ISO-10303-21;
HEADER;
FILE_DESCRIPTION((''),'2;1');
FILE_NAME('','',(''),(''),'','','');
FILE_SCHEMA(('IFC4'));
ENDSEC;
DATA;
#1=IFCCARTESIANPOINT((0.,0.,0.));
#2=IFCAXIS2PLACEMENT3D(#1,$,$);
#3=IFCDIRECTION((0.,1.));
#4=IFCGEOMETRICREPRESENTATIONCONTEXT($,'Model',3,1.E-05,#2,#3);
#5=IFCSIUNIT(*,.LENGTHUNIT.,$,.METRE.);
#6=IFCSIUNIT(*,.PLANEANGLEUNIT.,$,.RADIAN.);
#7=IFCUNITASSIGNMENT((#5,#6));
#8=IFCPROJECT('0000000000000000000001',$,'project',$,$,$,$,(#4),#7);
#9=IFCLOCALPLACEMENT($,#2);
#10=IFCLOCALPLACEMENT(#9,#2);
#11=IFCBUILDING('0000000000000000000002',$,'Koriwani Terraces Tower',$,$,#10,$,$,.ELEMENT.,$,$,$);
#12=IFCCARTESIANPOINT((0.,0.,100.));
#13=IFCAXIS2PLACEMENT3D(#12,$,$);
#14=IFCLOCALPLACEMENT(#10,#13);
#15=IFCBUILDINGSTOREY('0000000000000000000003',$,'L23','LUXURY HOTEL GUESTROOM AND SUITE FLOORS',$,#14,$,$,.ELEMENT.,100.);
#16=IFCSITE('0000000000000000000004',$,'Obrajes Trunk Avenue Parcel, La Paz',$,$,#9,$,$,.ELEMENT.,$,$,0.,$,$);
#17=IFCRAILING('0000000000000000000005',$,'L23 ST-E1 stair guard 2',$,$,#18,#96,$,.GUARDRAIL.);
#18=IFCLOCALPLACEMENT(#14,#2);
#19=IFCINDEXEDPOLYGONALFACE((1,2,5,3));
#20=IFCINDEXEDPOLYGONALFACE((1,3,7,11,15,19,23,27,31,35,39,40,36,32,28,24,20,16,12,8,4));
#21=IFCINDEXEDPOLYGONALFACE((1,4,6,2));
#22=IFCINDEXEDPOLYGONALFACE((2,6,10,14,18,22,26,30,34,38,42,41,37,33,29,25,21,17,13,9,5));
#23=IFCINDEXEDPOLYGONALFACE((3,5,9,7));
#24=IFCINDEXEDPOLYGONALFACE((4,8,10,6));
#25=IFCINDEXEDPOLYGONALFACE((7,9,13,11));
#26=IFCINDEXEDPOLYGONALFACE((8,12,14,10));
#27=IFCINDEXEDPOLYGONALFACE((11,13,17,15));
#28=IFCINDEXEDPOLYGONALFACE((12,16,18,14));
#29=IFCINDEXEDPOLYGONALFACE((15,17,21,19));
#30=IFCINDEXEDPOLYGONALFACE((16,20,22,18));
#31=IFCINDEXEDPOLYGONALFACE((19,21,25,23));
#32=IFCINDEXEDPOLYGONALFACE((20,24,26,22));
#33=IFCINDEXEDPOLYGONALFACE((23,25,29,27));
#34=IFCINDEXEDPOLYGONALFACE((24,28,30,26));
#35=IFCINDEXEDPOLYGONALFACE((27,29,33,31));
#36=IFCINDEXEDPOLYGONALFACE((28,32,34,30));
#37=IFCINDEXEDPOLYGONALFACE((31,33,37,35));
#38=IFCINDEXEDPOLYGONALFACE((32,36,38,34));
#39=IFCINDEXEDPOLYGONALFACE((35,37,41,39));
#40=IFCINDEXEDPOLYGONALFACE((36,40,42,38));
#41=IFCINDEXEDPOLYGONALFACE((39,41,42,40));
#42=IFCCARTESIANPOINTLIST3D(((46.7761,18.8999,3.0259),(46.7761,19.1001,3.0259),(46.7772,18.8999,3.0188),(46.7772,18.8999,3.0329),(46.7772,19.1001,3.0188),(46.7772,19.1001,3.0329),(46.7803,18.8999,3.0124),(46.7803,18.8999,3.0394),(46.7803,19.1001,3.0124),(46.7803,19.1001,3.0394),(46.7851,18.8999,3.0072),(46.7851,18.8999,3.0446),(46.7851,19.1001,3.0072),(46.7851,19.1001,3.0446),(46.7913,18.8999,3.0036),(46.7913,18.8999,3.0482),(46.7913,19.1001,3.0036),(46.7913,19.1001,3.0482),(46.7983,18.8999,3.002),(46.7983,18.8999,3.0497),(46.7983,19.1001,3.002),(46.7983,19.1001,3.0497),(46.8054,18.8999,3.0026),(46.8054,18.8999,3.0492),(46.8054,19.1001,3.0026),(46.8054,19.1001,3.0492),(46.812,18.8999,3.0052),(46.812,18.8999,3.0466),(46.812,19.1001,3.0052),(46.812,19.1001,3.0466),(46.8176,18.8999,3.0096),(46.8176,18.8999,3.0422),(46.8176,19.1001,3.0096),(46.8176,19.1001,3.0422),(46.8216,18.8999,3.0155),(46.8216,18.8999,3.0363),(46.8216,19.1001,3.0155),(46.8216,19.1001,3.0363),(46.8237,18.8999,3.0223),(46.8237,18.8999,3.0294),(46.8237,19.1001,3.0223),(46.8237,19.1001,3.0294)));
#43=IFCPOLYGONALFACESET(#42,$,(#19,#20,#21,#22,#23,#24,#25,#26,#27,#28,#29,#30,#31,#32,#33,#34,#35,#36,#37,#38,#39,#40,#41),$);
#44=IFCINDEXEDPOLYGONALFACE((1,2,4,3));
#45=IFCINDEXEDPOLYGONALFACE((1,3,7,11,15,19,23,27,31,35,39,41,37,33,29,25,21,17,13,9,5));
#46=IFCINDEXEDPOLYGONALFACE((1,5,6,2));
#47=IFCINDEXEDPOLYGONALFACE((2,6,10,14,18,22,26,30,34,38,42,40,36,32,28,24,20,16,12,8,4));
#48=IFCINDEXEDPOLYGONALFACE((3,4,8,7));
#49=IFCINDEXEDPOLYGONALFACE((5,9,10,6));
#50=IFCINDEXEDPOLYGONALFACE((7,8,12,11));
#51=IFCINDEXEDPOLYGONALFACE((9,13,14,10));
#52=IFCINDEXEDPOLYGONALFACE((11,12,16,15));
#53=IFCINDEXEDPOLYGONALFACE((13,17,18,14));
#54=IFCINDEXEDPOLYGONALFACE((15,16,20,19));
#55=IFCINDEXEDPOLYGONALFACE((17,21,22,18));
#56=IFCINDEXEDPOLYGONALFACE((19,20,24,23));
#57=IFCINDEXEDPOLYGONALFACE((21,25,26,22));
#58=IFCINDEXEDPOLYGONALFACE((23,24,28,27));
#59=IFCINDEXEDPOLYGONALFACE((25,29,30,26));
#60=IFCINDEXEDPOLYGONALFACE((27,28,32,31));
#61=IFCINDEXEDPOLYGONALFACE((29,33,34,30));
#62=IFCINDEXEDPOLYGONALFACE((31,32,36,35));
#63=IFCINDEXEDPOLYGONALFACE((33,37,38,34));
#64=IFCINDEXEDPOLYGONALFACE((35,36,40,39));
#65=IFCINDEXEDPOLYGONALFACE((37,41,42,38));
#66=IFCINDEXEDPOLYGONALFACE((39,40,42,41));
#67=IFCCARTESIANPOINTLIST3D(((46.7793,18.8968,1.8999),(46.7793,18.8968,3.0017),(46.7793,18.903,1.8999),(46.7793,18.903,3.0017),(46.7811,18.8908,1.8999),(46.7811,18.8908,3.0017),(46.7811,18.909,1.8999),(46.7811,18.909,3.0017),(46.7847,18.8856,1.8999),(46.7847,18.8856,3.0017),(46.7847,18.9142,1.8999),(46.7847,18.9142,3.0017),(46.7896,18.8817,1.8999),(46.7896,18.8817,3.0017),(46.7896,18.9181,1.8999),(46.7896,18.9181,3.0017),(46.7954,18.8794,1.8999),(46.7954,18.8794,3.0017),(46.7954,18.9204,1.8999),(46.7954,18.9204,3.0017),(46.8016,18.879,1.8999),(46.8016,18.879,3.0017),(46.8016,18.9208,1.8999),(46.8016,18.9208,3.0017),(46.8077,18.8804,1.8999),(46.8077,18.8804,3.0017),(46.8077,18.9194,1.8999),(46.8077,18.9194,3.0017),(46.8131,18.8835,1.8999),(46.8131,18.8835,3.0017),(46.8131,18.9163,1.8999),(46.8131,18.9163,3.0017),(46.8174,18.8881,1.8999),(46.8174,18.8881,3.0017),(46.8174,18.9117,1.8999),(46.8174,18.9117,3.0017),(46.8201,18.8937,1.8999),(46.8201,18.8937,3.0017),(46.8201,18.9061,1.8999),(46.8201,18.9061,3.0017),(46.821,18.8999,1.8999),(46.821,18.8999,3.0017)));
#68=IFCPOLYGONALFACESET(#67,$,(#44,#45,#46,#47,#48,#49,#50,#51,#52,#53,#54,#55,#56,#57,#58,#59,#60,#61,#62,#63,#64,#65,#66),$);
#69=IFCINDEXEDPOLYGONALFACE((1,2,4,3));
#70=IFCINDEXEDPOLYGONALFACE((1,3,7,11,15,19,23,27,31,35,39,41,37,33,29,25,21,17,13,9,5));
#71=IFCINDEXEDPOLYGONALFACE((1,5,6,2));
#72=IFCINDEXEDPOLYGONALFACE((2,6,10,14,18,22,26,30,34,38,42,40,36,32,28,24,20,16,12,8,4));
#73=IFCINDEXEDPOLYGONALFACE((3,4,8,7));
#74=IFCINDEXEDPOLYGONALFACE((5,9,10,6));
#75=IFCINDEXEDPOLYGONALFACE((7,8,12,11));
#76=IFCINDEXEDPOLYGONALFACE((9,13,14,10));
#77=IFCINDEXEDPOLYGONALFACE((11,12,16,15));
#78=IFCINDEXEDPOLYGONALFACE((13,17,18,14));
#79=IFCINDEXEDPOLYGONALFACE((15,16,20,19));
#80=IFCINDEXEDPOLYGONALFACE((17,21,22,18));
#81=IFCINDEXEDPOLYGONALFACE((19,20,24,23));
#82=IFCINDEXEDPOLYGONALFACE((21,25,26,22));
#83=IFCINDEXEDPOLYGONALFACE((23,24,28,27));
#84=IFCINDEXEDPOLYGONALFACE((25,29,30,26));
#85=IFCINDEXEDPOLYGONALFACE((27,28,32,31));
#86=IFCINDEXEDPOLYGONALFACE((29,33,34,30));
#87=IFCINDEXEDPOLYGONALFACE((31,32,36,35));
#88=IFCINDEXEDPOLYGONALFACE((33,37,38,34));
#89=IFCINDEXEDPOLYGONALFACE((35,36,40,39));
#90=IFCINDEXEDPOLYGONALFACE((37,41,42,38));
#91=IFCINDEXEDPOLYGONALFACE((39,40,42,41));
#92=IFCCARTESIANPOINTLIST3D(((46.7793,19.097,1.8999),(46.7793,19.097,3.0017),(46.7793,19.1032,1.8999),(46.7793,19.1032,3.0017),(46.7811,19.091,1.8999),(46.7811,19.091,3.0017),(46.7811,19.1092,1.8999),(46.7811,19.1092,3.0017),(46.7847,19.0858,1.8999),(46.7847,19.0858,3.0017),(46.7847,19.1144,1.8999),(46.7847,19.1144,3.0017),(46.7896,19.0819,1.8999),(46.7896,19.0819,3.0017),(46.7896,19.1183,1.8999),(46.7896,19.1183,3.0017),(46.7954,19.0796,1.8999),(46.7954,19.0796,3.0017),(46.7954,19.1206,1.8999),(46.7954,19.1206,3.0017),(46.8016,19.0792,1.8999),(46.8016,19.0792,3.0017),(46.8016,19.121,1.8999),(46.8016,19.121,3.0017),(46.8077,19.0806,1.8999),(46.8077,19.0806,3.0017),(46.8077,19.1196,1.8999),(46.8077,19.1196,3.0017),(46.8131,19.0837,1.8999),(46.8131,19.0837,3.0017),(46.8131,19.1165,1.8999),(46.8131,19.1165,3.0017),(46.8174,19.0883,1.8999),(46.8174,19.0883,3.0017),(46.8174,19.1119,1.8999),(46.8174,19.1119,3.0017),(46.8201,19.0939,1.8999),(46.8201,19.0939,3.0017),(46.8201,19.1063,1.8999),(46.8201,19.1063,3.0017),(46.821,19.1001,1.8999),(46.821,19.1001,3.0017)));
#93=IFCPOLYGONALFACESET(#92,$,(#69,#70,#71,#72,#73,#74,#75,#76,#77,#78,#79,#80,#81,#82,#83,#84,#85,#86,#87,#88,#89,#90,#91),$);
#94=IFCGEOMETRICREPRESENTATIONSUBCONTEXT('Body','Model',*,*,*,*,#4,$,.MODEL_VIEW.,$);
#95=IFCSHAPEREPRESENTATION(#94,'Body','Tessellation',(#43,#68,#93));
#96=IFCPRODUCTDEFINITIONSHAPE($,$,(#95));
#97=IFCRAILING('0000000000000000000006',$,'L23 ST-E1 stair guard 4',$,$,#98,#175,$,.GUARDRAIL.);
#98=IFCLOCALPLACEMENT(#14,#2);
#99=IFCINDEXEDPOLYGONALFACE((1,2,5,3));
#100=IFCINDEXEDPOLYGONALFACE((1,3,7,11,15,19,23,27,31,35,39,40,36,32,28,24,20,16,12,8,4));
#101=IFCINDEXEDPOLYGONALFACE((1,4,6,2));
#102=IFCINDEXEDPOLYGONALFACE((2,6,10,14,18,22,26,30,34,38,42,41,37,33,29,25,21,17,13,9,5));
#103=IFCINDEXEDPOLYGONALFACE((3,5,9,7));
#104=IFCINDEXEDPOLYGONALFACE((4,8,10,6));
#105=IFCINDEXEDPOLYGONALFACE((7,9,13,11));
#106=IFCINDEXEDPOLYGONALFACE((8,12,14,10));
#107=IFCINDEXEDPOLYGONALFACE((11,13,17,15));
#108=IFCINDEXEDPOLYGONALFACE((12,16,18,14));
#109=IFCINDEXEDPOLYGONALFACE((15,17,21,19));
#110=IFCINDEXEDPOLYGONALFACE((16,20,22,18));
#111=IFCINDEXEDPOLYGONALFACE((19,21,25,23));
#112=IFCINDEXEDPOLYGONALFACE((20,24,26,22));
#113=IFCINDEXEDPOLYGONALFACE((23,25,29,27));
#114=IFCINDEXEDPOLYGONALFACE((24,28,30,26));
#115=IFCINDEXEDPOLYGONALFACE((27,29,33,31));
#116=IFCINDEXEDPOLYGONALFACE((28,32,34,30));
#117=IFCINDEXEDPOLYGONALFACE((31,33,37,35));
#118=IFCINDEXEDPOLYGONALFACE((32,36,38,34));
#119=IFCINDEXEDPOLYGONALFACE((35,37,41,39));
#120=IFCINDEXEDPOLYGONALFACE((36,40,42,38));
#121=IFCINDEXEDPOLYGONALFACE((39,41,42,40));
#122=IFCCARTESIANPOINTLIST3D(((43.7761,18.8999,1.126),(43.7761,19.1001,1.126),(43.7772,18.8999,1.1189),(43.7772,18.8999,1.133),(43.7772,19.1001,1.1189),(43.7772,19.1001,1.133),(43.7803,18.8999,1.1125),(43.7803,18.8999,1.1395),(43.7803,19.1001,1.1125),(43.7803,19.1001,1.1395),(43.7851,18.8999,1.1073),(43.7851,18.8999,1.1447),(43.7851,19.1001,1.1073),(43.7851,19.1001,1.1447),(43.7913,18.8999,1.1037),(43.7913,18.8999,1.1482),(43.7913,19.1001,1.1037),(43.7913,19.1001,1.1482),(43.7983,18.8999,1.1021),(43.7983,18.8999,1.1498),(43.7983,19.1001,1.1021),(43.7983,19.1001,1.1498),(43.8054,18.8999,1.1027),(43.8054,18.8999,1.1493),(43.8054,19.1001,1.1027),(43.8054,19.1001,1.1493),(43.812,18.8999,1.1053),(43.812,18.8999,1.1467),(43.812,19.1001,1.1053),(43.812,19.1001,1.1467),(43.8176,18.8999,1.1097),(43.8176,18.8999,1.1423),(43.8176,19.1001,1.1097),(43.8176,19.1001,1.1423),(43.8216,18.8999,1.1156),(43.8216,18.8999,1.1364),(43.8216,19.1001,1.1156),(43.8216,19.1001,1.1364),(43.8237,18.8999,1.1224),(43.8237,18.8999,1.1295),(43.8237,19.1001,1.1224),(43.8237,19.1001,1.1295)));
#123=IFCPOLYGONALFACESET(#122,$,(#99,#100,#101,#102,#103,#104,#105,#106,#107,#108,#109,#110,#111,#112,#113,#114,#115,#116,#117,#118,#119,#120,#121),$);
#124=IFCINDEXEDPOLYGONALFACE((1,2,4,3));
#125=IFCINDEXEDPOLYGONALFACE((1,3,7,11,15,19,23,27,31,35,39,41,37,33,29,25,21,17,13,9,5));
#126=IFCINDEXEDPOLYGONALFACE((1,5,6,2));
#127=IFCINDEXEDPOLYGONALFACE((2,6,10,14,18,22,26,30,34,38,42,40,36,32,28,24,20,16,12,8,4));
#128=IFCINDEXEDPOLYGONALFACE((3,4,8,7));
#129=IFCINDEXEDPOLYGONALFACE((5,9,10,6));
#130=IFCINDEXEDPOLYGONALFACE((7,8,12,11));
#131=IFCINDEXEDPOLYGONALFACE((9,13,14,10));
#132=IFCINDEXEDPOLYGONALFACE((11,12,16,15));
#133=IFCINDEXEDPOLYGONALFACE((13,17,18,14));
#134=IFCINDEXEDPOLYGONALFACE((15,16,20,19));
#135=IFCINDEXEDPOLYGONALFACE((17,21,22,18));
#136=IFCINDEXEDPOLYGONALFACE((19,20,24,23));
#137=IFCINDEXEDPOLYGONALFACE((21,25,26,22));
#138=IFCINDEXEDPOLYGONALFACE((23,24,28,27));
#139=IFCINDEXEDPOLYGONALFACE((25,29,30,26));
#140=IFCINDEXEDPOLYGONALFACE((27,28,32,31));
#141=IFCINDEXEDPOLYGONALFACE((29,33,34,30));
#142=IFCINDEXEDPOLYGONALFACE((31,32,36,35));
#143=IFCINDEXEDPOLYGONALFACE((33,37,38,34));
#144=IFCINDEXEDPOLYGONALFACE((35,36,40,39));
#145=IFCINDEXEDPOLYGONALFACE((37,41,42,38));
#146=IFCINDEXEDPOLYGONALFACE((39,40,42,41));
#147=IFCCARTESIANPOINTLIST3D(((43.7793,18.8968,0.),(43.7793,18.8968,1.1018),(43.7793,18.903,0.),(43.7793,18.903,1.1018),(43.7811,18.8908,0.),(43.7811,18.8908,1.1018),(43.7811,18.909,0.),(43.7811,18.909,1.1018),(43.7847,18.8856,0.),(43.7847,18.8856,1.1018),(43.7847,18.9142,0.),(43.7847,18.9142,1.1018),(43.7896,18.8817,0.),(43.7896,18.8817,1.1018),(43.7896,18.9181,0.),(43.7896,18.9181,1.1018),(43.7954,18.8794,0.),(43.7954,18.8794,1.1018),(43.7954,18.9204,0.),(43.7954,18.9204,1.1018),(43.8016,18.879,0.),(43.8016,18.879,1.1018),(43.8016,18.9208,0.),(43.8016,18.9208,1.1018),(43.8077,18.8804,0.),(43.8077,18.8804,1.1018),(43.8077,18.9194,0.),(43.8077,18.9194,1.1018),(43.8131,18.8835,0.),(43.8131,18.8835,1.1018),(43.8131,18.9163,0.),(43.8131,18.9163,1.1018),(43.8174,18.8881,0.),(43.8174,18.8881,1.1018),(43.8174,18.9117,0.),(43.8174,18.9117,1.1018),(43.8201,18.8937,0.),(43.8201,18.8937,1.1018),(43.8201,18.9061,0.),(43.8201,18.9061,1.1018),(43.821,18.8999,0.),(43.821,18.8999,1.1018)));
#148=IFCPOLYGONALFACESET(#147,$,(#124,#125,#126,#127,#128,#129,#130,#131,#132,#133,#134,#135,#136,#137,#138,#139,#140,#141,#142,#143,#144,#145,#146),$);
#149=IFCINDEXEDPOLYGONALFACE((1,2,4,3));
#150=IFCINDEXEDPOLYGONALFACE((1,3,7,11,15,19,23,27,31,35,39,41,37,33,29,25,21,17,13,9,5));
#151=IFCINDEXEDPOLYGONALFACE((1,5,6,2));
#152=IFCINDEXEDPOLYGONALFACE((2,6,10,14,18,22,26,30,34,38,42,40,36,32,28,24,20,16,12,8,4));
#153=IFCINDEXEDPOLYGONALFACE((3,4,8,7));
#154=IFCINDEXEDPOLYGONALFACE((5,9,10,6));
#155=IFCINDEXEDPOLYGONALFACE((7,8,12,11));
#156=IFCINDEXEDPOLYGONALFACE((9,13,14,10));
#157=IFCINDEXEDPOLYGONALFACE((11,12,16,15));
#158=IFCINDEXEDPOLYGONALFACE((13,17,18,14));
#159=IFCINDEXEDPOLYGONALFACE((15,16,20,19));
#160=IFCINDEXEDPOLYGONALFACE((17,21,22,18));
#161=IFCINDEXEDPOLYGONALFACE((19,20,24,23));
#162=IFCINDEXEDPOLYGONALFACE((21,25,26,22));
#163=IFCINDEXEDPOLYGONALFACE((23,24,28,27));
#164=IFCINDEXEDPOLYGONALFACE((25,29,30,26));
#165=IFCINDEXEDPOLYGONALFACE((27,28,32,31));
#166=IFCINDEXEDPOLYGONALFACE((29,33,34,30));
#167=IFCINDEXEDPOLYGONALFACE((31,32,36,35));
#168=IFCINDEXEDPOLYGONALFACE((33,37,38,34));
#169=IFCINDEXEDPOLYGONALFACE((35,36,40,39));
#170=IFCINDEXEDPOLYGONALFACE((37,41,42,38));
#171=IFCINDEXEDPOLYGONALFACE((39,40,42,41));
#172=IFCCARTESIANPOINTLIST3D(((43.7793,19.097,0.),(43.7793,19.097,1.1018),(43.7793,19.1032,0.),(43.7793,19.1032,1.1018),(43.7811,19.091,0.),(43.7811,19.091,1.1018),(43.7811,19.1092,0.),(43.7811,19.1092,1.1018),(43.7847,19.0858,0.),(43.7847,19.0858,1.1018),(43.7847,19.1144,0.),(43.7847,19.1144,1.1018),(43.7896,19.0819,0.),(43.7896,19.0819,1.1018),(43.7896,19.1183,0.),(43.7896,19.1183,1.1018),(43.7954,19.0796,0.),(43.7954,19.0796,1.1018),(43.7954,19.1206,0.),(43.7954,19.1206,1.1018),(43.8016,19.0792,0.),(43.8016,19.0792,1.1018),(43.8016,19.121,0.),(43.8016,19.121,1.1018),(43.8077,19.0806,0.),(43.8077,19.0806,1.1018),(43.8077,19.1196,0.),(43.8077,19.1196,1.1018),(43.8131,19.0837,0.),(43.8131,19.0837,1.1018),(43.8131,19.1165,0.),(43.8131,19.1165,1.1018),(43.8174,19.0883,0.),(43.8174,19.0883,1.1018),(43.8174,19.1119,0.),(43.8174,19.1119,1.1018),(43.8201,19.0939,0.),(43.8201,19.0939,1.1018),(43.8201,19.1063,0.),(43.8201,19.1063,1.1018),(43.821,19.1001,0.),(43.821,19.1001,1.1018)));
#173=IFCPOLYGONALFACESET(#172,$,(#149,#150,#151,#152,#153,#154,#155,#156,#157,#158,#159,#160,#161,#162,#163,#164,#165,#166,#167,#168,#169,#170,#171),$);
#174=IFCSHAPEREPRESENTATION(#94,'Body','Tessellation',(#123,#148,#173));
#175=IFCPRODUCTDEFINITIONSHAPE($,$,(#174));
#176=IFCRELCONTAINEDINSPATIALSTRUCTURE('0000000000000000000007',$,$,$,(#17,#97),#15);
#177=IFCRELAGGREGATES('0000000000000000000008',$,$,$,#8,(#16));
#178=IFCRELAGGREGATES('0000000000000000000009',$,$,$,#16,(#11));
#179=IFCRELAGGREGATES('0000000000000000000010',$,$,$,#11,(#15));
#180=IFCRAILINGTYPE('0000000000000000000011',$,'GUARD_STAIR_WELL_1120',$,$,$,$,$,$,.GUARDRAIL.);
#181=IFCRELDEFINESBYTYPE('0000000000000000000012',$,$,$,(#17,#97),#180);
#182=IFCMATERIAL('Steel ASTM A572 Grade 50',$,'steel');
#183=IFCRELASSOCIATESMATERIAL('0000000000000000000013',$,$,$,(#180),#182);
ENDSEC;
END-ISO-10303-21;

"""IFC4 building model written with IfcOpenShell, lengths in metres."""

from ifc_helpers import new_model, si_unit, direction, frame, origin, origin_2d, place, context, subcontext, project, spatial, circle, extrude, material, type_object, element, save


model = new_model("IFC4")

# Units and contexts
model_context = context("Model", 3, precision=1e-05, world=origin(), true_north=direction((0.0, 1.0)))
body_context = subcontext(model_context, "Body", "Model", "MODEL_VIEW")
ifc_project = project(units=[si_unit("LENGTHUNIT", "METRE"), si_unit("PLANEANGLEUNIT", "RADIAN")], contexts=[model_context])

# Site, building, storey
site_placement = place(None, origin())
site = spatial("IfcSite", under=ifc_project, at=site_placement, Name="Obrajes Trunk Avenue Parcel, La Paz", CompositionType="ELEMENT", RefElevation=0.0)
building_placement = place(site_placement, origin())
building = spatial("IfcBuilding", under=site, at=building_placement, Name="Koriwani Terraces Tower", CompositionType="ELEMENT")
storey_placement = place(building_placement, frame((0.0, 0.0, 100.0)))
storey = spatial("IfcBuildingStorey", under=building, at=storey_placement, Name="L23", Description="LUXURY HOTEL GUESTROOM AND SUITE FLOORS", CompositionType="ELEMENT", Elevation=100.0)

# Shared definitions
ifc_material_1 = material(Name="Steel ASTM A572 Grade 50", Category="steel")

# Railings
railing_type_1 = type_object("IfcRailingType", Name="GUARD_STAIR_WELL_1120", PredefinedType="GUARDRAIL", material=ifc_material_1)
for number, where, name in (
    (1, (46.8, 18.8999, 1.8999), "L23 ST-E1 stair guard 2"),
    (2, (43.8, 18.8999, 0.0), "L23 ST-E1 stair guard 4"),
):
    element("IfcRailing", number, at=place(storey_placement, frame(where)), inside=storey, type_object=railing_type_1, Name=name, PredefinedType="GUARDRAIL", context=body_context, shape_type="SweptSolid", body=[
        extrude(circle(Radius=0.0239, at=origin_2d()), frame((0.0, 0.0, 1.126), z_axis=(0.0, 1.0, 0.0), x_axis=(-1.0, 0.0, 0.0)), (0.0, 0.0, 1.0), 0.2002),
        extrude(circle(Radius=0.021, at=origin_2d()), origin(), (0.0, 0.0, 1.0), 1.1018),
        extrude(circle(Radius=0.021, at=origin_2d()), frame((0.0, 0.2002, 0.0)), (0.0, 0.0, 1.0), 1.1018),
    ])

save(model, "model.ifc")
